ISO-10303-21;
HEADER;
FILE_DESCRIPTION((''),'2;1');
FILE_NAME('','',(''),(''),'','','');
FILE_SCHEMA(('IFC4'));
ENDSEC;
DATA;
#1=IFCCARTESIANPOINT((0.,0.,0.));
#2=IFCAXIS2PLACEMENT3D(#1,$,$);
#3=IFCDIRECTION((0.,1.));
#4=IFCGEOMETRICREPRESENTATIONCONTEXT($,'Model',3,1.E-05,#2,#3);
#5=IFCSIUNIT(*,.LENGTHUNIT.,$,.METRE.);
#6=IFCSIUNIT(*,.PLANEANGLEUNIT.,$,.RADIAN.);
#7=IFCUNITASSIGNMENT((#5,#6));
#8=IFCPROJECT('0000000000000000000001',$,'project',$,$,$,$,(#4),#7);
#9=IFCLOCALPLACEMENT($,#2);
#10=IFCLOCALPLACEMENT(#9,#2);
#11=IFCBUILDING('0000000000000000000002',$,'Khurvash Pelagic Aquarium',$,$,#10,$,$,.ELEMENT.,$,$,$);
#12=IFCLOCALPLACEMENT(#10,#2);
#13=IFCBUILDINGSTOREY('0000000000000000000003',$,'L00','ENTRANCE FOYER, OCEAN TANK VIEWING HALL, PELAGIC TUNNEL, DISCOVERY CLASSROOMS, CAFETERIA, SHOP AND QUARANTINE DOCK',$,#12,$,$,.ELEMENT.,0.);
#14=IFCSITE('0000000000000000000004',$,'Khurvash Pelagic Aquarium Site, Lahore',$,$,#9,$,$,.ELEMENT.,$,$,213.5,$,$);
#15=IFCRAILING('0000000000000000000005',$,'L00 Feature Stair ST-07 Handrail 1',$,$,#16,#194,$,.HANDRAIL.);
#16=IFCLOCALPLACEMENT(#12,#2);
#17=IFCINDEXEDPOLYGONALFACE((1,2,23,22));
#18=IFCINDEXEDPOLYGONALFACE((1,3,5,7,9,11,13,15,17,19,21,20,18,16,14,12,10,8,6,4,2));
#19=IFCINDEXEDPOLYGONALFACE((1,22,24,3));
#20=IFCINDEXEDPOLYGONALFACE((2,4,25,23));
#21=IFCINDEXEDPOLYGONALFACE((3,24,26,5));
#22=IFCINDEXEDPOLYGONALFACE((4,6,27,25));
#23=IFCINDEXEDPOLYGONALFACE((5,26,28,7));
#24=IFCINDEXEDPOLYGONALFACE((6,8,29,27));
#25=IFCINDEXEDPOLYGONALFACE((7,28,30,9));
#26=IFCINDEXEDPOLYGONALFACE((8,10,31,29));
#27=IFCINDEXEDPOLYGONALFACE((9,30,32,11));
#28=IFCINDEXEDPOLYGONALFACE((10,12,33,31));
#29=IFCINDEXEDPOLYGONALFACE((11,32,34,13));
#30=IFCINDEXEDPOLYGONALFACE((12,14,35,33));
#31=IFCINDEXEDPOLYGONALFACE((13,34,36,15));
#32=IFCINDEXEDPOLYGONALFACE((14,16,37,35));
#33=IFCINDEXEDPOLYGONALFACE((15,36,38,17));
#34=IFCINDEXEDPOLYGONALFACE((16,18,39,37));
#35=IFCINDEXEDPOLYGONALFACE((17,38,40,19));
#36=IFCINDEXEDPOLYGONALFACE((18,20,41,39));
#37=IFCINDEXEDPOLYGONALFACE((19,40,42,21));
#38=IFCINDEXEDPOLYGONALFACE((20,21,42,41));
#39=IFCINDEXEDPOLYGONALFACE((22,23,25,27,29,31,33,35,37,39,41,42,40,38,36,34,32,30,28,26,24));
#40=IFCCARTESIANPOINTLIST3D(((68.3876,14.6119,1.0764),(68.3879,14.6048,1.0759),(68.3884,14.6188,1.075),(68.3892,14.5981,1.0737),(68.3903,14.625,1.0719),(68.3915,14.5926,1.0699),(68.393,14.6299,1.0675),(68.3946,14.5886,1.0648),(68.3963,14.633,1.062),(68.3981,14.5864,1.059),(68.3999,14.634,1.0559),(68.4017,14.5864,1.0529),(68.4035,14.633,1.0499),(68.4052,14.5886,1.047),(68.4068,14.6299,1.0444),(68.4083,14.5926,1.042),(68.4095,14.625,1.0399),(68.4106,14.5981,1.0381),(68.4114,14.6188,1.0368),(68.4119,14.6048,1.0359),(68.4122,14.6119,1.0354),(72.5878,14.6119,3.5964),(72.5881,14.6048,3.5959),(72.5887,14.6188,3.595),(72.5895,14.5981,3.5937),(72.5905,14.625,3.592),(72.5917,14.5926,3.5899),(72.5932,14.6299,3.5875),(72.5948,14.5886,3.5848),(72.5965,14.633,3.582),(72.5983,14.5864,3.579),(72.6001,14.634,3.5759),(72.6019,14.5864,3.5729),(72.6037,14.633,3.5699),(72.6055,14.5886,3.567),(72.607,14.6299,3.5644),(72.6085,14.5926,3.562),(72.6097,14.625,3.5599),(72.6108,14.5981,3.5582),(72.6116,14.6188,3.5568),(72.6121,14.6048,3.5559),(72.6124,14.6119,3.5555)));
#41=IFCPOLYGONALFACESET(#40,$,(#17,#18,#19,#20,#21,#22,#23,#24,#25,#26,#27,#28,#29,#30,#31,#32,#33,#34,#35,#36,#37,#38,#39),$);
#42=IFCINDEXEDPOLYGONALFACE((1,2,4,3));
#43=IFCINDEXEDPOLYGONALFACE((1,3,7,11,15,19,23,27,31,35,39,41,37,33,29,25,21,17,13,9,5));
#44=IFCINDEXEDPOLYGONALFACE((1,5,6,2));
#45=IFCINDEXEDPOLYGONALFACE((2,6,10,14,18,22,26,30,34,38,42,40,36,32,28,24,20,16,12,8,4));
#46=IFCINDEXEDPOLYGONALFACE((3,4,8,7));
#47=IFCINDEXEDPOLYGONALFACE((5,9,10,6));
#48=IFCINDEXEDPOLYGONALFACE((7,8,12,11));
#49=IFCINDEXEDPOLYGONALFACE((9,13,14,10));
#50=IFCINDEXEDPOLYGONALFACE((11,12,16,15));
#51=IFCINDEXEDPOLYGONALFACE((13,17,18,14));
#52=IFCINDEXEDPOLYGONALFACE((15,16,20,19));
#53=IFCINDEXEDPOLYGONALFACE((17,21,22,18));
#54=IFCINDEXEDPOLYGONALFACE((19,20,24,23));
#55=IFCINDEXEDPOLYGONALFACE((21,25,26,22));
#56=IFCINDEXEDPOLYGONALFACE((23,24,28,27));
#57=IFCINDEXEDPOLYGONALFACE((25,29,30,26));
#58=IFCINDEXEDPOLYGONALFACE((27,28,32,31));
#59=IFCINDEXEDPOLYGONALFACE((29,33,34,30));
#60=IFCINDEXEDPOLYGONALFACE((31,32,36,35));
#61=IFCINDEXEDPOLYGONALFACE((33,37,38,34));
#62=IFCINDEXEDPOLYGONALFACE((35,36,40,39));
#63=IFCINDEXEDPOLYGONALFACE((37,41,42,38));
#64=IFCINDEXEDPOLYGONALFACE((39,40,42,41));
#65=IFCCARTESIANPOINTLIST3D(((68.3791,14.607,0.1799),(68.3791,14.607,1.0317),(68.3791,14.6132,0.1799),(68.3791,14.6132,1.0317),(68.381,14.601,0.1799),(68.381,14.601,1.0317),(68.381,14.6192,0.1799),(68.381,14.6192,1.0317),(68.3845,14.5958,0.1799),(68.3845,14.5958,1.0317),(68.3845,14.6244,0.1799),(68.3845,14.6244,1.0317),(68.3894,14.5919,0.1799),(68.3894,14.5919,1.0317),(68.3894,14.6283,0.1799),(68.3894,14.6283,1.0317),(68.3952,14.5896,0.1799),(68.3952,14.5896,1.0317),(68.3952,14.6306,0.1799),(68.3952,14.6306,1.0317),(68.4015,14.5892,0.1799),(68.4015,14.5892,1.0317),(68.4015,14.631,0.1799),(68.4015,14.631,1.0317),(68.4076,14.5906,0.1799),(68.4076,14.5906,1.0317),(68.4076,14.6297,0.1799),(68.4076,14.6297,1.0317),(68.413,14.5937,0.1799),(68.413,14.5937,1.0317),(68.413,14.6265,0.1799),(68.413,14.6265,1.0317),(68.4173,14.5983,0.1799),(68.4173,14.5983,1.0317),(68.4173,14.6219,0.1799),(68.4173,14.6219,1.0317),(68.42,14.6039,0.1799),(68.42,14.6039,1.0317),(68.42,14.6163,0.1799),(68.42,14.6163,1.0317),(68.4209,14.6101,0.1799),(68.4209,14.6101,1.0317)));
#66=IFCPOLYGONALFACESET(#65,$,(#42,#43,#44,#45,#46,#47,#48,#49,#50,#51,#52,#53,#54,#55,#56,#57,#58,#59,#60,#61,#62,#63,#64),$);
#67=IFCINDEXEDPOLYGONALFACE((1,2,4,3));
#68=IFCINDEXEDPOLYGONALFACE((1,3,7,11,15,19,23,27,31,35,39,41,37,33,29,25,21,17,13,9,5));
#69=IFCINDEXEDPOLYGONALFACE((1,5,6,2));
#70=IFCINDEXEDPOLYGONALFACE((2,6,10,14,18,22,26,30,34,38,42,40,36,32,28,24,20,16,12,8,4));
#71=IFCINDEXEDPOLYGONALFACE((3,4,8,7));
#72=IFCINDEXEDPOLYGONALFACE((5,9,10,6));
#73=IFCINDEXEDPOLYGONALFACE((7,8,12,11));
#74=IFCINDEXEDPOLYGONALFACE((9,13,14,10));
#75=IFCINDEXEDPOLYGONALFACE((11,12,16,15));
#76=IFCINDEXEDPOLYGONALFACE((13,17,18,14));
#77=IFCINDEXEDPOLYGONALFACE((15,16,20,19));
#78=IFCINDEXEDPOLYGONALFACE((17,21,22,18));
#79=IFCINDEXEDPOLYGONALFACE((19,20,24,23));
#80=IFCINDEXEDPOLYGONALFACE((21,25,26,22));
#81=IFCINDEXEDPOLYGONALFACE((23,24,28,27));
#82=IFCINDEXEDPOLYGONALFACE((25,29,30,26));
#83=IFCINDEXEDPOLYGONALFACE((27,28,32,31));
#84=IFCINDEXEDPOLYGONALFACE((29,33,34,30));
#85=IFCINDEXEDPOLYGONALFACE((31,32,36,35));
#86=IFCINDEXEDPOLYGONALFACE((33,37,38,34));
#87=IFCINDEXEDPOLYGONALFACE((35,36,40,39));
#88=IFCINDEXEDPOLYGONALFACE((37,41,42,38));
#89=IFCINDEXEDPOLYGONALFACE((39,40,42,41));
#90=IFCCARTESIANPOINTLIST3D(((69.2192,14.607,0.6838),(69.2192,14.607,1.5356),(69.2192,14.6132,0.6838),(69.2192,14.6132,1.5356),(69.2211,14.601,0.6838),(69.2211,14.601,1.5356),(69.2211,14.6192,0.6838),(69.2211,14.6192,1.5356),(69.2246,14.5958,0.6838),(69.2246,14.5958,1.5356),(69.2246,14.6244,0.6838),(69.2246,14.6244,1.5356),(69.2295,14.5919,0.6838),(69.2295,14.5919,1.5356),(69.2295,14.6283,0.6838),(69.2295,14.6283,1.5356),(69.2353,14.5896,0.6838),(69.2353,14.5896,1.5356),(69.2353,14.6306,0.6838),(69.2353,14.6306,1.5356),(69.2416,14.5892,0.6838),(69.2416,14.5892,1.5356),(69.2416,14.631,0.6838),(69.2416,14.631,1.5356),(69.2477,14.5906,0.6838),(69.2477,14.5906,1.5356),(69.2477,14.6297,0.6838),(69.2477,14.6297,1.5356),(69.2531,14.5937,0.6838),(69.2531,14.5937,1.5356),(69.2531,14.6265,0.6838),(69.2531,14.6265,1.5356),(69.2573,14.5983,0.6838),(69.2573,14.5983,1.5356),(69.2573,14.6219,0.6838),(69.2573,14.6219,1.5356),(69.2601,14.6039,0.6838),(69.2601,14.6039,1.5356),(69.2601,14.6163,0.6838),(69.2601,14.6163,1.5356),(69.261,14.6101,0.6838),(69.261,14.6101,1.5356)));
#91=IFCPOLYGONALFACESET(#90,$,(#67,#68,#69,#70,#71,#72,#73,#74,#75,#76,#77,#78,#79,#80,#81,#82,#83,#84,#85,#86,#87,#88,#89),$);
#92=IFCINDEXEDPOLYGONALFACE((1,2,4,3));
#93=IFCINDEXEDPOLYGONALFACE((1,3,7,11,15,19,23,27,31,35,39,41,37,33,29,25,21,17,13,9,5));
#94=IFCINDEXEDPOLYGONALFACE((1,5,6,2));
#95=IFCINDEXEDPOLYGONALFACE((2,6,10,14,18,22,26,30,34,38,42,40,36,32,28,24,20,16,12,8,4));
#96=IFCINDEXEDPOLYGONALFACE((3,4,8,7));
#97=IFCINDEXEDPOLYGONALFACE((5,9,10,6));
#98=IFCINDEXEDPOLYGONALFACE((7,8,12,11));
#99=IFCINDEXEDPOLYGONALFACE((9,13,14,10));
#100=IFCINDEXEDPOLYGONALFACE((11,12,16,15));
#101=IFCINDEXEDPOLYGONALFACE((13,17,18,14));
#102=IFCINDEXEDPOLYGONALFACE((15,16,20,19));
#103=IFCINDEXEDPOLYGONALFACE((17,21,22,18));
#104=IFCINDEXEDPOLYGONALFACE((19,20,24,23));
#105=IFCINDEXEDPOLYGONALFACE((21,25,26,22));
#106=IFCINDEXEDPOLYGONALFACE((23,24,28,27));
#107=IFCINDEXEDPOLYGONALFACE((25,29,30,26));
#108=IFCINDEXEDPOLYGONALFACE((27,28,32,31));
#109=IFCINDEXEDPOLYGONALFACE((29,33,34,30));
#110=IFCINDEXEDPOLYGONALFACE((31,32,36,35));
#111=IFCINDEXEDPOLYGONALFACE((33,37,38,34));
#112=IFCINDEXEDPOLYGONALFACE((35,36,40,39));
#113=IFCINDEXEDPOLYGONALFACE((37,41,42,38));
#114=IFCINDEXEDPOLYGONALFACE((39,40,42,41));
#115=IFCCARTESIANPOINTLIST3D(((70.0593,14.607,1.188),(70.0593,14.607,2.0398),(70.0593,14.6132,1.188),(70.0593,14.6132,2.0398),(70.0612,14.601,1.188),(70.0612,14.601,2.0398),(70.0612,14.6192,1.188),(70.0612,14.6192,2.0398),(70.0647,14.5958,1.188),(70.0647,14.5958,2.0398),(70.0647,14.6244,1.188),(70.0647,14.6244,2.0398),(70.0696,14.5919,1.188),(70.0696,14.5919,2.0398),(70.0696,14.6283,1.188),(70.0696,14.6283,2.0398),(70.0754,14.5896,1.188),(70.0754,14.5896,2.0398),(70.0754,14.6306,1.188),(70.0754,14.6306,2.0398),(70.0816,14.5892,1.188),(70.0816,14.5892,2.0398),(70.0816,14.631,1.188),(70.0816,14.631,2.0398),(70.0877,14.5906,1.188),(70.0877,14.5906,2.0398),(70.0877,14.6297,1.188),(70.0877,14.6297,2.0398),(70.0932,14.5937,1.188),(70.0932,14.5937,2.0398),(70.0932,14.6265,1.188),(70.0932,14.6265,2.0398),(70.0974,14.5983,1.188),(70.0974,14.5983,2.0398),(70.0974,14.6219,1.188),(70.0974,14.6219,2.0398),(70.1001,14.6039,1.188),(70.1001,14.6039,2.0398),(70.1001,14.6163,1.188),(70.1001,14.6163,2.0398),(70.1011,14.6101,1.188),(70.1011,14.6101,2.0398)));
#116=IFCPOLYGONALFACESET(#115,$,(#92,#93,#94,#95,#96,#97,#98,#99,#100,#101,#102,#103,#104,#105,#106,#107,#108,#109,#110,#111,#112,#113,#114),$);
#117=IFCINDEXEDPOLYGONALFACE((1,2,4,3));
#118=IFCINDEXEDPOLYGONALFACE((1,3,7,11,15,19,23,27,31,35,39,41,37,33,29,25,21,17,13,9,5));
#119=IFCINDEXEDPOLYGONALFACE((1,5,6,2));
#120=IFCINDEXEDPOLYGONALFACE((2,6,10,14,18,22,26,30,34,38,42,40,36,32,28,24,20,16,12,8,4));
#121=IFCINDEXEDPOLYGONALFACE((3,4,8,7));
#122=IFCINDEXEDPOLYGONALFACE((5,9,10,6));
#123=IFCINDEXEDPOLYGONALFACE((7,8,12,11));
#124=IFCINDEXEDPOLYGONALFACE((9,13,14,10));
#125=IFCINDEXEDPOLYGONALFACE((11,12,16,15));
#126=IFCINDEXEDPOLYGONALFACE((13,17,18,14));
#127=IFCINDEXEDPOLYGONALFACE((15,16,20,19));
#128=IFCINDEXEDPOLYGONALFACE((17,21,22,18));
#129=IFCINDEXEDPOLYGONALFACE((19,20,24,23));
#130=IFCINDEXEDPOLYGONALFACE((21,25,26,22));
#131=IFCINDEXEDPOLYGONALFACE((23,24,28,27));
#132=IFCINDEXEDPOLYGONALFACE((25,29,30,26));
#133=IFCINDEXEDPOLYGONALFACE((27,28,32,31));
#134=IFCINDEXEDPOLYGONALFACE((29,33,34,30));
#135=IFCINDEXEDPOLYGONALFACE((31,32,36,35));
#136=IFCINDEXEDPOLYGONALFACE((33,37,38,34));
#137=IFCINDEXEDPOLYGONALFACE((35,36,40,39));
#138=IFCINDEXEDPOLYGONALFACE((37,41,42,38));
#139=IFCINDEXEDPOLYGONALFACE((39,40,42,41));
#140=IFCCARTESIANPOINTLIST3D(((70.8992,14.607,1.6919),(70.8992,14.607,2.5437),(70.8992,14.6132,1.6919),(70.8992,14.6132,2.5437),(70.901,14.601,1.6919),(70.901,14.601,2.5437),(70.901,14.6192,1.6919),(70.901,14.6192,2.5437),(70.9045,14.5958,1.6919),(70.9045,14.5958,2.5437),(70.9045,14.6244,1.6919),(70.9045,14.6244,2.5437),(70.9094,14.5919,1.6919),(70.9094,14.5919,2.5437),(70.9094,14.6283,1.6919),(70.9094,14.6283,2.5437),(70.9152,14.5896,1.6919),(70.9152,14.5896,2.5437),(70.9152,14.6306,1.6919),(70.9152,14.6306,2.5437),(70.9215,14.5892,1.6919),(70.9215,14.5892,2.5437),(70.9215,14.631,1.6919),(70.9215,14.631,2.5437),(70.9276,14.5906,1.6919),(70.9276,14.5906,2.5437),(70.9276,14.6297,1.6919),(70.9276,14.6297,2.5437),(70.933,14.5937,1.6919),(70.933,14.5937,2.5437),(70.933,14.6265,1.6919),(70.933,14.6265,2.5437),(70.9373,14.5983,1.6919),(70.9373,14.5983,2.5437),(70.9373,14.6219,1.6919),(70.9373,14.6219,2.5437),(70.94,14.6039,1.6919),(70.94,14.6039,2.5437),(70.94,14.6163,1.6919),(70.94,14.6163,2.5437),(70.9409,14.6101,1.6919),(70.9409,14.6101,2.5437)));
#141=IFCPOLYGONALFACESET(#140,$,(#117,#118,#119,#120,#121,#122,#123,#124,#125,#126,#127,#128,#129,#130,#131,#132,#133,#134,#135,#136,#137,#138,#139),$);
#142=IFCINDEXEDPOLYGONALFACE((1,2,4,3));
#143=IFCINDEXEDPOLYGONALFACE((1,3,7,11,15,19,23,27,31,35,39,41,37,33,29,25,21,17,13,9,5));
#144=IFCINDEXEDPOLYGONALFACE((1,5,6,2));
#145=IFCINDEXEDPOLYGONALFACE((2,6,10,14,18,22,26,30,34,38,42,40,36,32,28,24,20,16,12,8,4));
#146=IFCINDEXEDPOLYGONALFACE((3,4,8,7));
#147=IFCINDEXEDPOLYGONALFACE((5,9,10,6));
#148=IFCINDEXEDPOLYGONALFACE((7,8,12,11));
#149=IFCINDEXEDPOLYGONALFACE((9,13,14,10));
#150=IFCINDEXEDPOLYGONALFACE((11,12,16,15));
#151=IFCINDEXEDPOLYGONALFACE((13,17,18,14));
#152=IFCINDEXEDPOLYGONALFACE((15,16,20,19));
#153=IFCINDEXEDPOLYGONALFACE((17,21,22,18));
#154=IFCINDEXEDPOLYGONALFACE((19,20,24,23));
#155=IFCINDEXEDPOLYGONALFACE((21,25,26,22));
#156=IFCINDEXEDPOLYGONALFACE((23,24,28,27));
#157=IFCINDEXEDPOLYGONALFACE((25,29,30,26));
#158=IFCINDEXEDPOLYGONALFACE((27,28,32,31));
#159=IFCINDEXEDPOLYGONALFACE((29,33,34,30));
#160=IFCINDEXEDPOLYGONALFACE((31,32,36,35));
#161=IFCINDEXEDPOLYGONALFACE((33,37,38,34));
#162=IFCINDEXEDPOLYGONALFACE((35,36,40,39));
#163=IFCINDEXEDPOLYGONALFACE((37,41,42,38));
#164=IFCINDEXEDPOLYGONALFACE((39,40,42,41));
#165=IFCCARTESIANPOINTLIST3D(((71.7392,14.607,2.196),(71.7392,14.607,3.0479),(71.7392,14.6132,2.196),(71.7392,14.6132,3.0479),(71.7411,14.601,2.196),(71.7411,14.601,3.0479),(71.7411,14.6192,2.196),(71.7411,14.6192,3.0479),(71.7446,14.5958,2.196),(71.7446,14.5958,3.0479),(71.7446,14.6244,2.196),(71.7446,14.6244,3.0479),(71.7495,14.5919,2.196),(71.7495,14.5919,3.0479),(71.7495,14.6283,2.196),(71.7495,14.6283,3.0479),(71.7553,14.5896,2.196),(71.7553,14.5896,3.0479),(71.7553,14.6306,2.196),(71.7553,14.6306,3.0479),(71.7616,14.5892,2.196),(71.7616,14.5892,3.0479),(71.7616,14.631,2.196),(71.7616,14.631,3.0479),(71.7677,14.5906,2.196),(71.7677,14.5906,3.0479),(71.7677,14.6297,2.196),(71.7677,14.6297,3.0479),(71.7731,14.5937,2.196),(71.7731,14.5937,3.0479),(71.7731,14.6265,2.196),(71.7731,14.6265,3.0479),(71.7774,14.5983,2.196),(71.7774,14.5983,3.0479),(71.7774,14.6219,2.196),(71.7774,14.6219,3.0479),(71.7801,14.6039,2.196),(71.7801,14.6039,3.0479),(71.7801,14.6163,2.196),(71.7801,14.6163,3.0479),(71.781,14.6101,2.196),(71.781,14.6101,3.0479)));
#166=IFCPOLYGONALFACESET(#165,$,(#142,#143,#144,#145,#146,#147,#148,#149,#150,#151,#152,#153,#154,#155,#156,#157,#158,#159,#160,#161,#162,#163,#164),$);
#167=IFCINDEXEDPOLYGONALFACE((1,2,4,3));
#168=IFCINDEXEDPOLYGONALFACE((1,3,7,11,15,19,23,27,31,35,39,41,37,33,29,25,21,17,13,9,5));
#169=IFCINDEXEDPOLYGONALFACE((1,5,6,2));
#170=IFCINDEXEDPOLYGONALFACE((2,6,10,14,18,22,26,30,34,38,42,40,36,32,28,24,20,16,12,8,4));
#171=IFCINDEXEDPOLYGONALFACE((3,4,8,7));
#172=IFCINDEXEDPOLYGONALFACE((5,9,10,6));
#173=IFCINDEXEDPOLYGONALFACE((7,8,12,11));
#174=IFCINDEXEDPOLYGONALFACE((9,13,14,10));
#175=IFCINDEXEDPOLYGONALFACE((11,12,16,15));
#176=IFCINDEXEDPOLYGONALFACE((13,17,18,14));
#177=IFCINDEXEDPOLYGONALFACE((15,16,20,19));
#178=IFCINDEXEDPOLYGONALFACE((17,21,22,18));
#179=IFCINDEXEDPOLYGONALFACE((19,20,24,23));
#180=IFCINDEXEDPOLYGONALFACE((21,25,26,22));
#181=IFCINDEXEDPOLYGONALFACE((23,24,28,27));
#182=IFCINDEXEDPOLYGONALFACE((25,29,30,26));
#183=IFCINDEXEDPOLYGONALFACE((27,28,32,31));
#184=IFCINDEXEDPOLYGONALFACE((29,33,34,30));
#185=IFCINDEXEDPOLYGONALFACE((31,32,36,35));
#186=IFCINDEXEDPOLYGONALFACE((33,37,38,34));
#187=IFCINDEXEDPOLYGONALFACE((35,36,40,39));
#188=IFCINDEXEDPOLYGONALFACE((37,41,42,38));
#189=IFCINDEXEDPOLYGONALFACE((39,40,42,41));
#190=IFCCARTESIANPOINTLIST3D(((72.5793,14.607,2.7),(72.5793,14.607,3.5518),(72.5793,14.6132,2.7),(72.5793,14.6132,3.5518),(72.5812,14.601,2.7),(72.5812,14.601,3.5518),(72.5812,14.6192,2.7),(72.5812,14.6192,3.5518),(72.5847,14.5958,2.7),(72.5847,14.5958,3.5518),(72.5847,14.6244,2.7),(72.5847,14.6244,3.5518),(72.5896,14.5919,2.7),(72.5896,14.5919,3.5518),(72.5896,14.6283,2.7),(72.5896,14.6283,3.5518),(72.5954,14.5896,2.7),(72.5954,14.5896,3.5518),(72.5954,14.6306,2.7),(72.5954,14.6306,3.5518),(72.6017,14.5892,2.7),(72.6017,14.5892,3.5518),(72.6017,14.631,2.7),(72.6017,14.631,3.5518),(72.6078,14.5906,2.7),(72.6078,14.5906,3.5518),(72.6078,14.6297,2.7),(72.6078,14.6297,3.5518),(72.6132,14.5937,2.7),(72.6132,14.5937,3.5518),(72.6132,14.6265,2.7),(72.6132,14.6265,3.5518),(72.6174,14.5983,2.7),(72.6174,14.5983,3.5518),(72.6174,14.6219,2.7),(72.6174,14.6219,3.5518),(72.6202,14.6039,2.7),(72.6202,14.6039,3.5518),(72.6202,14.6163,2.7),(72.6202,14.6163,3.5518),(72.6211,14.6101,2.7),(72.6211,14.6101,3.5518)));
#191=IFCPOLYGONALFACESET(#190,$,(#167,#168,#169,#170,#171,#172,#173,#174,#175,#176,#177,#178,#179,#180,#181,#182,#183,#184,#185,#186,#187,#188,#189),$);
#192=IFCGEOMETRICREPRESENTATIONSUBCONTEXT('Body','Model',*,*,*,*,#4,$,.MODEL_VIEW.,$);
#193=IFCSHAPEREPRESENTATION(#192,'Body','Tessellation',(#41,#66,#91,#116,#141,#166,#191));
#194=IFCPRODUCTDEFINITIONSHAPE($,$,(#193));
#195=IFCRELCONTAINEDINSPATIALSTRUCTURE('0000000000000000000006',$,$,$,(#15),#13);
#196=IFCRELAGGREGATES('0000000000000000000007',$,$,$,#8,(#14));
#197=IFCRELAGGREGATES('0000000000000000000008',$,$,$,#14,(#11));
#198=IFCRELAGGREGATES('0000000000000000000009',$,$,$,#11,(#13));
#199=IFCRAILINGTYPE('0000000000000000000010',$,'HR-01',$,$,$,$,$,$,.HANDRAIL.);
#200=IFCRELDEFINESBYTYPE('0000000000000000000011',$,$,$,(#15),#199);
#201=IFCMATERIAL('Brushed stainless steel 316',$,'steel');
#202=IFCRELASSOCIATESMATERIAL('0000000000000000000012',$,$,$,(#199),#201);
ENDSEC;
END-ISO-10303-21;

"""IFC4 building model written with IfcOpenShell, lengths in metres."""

from ifc_helpers import new_model, si_unit, direction, frame, origin, origin_2d, place, context, subcontext, project, spatial, circle, extrude, material, type_object, element, save


model = new_model("IFC4")

# Units and contexts
model_context = context("Model", 3, precision=1e-05, world=origin(), true_north=direction((0.0, 1.0)))
body_context = subcontext(model_context, "Body", "Model", "MODEL_VIEW")
ifc_project = project(units=[si_unit("LENGTHUNIT", "METRE"), si_unit("PLANEANGLEUNIT", "RADIAN")], contexts=[model_context])

# Site, building, storey
site_placement = place(None, origin())
site = spatial("IfcSite", under=ifc_project, at=site_placement, Name="Khurvash Pelagic Aquarium Site, Lahore", CompositionType="ELEMENT", RefElevation=213.5)
building_placement = place(site_placement, origin())
building = spatial("IfcBuilding", under=site, at=building_placement, Name="Khurvash Pelagic Aquarium", CompositionType="ELEMENT")
storey_placement = place(building_placement, origin())
storey = spatial("IfcBuildingStorey", under=building, at=storey_placement, Name="L00", Description="ENTRANCE FOYER, OCEAN TANK VIEWING HALL, PELAGIC TUNNEL, DISCOVERY CLASSROOMS, CAFETERIA, SHOP AND QUARANTINE DOCK", CompositionType="ELEMENT", Elevation=0.0)

# Railing
ifc_material_1 = material(Name="Brushed stainless steel 316", Category="steel")
railing_type_1 = type_object("IfcRailingType", Name="HR-01", PredefinedType="HANDRAIL", material=ifc_material_1)
for number, where, name in (
    (1, (68.3999, 14.6101, 0.1799), "L00 Feature Stair ST-07 Handrail 1"),
):
    element("IfcRailing", number, at=place(storey_placement, frame(where)), inside=storey, type_object=railing_type_1, Name=name, PredefinedType="HANDRAIL", context=body_context, shape_type="SweptSolid", body=[
        extrude(circle(Radius=0.0239, at=origin_2d()), frame((0.0, 0.0, 0.876), z_axis=(0.857502, 0.0, 0.514481), x_axis=(0.0, 1.0, 0.0)), (0.0, 0.0, 1.0), 4.8982),
        extrude(circle(Radius=0.021, at=origin_2d()), origin(), (0.0, 0.0, 1.0), 0.8518),
        extrude(circle(Radius=0.021, at=origin_2d()), frame((0.8401, 0.0, 0.5039)), (0.0, 0.0, 1.0), 0.8518),
        extrude(circle(Radius=0.021, at=origin_2d()), frame((1.6802, 0.0, 1.0081)), (0.0, 0.0, 1.0), 0.8518),
        extrude(circle(Radius=0.021, at=origin_2d()), frame((2.52, 0.0, 1.512)), (0.0, 0.0, 1.0), 0.8518),
        extrude(circle(Radius=0.021, at=origin_2d()), frame((3.3601, 0.0, 2.0161)), (0.0, 0.0, 1.0), 0.8518),
        extrude(circle(Radius=0.021, at=origin_2d()), frame((4.2002, 0.0, 2.52)), (0.0, 0.0, 1.0), 0.8518),
    ])

save(model, "model.ifc")
